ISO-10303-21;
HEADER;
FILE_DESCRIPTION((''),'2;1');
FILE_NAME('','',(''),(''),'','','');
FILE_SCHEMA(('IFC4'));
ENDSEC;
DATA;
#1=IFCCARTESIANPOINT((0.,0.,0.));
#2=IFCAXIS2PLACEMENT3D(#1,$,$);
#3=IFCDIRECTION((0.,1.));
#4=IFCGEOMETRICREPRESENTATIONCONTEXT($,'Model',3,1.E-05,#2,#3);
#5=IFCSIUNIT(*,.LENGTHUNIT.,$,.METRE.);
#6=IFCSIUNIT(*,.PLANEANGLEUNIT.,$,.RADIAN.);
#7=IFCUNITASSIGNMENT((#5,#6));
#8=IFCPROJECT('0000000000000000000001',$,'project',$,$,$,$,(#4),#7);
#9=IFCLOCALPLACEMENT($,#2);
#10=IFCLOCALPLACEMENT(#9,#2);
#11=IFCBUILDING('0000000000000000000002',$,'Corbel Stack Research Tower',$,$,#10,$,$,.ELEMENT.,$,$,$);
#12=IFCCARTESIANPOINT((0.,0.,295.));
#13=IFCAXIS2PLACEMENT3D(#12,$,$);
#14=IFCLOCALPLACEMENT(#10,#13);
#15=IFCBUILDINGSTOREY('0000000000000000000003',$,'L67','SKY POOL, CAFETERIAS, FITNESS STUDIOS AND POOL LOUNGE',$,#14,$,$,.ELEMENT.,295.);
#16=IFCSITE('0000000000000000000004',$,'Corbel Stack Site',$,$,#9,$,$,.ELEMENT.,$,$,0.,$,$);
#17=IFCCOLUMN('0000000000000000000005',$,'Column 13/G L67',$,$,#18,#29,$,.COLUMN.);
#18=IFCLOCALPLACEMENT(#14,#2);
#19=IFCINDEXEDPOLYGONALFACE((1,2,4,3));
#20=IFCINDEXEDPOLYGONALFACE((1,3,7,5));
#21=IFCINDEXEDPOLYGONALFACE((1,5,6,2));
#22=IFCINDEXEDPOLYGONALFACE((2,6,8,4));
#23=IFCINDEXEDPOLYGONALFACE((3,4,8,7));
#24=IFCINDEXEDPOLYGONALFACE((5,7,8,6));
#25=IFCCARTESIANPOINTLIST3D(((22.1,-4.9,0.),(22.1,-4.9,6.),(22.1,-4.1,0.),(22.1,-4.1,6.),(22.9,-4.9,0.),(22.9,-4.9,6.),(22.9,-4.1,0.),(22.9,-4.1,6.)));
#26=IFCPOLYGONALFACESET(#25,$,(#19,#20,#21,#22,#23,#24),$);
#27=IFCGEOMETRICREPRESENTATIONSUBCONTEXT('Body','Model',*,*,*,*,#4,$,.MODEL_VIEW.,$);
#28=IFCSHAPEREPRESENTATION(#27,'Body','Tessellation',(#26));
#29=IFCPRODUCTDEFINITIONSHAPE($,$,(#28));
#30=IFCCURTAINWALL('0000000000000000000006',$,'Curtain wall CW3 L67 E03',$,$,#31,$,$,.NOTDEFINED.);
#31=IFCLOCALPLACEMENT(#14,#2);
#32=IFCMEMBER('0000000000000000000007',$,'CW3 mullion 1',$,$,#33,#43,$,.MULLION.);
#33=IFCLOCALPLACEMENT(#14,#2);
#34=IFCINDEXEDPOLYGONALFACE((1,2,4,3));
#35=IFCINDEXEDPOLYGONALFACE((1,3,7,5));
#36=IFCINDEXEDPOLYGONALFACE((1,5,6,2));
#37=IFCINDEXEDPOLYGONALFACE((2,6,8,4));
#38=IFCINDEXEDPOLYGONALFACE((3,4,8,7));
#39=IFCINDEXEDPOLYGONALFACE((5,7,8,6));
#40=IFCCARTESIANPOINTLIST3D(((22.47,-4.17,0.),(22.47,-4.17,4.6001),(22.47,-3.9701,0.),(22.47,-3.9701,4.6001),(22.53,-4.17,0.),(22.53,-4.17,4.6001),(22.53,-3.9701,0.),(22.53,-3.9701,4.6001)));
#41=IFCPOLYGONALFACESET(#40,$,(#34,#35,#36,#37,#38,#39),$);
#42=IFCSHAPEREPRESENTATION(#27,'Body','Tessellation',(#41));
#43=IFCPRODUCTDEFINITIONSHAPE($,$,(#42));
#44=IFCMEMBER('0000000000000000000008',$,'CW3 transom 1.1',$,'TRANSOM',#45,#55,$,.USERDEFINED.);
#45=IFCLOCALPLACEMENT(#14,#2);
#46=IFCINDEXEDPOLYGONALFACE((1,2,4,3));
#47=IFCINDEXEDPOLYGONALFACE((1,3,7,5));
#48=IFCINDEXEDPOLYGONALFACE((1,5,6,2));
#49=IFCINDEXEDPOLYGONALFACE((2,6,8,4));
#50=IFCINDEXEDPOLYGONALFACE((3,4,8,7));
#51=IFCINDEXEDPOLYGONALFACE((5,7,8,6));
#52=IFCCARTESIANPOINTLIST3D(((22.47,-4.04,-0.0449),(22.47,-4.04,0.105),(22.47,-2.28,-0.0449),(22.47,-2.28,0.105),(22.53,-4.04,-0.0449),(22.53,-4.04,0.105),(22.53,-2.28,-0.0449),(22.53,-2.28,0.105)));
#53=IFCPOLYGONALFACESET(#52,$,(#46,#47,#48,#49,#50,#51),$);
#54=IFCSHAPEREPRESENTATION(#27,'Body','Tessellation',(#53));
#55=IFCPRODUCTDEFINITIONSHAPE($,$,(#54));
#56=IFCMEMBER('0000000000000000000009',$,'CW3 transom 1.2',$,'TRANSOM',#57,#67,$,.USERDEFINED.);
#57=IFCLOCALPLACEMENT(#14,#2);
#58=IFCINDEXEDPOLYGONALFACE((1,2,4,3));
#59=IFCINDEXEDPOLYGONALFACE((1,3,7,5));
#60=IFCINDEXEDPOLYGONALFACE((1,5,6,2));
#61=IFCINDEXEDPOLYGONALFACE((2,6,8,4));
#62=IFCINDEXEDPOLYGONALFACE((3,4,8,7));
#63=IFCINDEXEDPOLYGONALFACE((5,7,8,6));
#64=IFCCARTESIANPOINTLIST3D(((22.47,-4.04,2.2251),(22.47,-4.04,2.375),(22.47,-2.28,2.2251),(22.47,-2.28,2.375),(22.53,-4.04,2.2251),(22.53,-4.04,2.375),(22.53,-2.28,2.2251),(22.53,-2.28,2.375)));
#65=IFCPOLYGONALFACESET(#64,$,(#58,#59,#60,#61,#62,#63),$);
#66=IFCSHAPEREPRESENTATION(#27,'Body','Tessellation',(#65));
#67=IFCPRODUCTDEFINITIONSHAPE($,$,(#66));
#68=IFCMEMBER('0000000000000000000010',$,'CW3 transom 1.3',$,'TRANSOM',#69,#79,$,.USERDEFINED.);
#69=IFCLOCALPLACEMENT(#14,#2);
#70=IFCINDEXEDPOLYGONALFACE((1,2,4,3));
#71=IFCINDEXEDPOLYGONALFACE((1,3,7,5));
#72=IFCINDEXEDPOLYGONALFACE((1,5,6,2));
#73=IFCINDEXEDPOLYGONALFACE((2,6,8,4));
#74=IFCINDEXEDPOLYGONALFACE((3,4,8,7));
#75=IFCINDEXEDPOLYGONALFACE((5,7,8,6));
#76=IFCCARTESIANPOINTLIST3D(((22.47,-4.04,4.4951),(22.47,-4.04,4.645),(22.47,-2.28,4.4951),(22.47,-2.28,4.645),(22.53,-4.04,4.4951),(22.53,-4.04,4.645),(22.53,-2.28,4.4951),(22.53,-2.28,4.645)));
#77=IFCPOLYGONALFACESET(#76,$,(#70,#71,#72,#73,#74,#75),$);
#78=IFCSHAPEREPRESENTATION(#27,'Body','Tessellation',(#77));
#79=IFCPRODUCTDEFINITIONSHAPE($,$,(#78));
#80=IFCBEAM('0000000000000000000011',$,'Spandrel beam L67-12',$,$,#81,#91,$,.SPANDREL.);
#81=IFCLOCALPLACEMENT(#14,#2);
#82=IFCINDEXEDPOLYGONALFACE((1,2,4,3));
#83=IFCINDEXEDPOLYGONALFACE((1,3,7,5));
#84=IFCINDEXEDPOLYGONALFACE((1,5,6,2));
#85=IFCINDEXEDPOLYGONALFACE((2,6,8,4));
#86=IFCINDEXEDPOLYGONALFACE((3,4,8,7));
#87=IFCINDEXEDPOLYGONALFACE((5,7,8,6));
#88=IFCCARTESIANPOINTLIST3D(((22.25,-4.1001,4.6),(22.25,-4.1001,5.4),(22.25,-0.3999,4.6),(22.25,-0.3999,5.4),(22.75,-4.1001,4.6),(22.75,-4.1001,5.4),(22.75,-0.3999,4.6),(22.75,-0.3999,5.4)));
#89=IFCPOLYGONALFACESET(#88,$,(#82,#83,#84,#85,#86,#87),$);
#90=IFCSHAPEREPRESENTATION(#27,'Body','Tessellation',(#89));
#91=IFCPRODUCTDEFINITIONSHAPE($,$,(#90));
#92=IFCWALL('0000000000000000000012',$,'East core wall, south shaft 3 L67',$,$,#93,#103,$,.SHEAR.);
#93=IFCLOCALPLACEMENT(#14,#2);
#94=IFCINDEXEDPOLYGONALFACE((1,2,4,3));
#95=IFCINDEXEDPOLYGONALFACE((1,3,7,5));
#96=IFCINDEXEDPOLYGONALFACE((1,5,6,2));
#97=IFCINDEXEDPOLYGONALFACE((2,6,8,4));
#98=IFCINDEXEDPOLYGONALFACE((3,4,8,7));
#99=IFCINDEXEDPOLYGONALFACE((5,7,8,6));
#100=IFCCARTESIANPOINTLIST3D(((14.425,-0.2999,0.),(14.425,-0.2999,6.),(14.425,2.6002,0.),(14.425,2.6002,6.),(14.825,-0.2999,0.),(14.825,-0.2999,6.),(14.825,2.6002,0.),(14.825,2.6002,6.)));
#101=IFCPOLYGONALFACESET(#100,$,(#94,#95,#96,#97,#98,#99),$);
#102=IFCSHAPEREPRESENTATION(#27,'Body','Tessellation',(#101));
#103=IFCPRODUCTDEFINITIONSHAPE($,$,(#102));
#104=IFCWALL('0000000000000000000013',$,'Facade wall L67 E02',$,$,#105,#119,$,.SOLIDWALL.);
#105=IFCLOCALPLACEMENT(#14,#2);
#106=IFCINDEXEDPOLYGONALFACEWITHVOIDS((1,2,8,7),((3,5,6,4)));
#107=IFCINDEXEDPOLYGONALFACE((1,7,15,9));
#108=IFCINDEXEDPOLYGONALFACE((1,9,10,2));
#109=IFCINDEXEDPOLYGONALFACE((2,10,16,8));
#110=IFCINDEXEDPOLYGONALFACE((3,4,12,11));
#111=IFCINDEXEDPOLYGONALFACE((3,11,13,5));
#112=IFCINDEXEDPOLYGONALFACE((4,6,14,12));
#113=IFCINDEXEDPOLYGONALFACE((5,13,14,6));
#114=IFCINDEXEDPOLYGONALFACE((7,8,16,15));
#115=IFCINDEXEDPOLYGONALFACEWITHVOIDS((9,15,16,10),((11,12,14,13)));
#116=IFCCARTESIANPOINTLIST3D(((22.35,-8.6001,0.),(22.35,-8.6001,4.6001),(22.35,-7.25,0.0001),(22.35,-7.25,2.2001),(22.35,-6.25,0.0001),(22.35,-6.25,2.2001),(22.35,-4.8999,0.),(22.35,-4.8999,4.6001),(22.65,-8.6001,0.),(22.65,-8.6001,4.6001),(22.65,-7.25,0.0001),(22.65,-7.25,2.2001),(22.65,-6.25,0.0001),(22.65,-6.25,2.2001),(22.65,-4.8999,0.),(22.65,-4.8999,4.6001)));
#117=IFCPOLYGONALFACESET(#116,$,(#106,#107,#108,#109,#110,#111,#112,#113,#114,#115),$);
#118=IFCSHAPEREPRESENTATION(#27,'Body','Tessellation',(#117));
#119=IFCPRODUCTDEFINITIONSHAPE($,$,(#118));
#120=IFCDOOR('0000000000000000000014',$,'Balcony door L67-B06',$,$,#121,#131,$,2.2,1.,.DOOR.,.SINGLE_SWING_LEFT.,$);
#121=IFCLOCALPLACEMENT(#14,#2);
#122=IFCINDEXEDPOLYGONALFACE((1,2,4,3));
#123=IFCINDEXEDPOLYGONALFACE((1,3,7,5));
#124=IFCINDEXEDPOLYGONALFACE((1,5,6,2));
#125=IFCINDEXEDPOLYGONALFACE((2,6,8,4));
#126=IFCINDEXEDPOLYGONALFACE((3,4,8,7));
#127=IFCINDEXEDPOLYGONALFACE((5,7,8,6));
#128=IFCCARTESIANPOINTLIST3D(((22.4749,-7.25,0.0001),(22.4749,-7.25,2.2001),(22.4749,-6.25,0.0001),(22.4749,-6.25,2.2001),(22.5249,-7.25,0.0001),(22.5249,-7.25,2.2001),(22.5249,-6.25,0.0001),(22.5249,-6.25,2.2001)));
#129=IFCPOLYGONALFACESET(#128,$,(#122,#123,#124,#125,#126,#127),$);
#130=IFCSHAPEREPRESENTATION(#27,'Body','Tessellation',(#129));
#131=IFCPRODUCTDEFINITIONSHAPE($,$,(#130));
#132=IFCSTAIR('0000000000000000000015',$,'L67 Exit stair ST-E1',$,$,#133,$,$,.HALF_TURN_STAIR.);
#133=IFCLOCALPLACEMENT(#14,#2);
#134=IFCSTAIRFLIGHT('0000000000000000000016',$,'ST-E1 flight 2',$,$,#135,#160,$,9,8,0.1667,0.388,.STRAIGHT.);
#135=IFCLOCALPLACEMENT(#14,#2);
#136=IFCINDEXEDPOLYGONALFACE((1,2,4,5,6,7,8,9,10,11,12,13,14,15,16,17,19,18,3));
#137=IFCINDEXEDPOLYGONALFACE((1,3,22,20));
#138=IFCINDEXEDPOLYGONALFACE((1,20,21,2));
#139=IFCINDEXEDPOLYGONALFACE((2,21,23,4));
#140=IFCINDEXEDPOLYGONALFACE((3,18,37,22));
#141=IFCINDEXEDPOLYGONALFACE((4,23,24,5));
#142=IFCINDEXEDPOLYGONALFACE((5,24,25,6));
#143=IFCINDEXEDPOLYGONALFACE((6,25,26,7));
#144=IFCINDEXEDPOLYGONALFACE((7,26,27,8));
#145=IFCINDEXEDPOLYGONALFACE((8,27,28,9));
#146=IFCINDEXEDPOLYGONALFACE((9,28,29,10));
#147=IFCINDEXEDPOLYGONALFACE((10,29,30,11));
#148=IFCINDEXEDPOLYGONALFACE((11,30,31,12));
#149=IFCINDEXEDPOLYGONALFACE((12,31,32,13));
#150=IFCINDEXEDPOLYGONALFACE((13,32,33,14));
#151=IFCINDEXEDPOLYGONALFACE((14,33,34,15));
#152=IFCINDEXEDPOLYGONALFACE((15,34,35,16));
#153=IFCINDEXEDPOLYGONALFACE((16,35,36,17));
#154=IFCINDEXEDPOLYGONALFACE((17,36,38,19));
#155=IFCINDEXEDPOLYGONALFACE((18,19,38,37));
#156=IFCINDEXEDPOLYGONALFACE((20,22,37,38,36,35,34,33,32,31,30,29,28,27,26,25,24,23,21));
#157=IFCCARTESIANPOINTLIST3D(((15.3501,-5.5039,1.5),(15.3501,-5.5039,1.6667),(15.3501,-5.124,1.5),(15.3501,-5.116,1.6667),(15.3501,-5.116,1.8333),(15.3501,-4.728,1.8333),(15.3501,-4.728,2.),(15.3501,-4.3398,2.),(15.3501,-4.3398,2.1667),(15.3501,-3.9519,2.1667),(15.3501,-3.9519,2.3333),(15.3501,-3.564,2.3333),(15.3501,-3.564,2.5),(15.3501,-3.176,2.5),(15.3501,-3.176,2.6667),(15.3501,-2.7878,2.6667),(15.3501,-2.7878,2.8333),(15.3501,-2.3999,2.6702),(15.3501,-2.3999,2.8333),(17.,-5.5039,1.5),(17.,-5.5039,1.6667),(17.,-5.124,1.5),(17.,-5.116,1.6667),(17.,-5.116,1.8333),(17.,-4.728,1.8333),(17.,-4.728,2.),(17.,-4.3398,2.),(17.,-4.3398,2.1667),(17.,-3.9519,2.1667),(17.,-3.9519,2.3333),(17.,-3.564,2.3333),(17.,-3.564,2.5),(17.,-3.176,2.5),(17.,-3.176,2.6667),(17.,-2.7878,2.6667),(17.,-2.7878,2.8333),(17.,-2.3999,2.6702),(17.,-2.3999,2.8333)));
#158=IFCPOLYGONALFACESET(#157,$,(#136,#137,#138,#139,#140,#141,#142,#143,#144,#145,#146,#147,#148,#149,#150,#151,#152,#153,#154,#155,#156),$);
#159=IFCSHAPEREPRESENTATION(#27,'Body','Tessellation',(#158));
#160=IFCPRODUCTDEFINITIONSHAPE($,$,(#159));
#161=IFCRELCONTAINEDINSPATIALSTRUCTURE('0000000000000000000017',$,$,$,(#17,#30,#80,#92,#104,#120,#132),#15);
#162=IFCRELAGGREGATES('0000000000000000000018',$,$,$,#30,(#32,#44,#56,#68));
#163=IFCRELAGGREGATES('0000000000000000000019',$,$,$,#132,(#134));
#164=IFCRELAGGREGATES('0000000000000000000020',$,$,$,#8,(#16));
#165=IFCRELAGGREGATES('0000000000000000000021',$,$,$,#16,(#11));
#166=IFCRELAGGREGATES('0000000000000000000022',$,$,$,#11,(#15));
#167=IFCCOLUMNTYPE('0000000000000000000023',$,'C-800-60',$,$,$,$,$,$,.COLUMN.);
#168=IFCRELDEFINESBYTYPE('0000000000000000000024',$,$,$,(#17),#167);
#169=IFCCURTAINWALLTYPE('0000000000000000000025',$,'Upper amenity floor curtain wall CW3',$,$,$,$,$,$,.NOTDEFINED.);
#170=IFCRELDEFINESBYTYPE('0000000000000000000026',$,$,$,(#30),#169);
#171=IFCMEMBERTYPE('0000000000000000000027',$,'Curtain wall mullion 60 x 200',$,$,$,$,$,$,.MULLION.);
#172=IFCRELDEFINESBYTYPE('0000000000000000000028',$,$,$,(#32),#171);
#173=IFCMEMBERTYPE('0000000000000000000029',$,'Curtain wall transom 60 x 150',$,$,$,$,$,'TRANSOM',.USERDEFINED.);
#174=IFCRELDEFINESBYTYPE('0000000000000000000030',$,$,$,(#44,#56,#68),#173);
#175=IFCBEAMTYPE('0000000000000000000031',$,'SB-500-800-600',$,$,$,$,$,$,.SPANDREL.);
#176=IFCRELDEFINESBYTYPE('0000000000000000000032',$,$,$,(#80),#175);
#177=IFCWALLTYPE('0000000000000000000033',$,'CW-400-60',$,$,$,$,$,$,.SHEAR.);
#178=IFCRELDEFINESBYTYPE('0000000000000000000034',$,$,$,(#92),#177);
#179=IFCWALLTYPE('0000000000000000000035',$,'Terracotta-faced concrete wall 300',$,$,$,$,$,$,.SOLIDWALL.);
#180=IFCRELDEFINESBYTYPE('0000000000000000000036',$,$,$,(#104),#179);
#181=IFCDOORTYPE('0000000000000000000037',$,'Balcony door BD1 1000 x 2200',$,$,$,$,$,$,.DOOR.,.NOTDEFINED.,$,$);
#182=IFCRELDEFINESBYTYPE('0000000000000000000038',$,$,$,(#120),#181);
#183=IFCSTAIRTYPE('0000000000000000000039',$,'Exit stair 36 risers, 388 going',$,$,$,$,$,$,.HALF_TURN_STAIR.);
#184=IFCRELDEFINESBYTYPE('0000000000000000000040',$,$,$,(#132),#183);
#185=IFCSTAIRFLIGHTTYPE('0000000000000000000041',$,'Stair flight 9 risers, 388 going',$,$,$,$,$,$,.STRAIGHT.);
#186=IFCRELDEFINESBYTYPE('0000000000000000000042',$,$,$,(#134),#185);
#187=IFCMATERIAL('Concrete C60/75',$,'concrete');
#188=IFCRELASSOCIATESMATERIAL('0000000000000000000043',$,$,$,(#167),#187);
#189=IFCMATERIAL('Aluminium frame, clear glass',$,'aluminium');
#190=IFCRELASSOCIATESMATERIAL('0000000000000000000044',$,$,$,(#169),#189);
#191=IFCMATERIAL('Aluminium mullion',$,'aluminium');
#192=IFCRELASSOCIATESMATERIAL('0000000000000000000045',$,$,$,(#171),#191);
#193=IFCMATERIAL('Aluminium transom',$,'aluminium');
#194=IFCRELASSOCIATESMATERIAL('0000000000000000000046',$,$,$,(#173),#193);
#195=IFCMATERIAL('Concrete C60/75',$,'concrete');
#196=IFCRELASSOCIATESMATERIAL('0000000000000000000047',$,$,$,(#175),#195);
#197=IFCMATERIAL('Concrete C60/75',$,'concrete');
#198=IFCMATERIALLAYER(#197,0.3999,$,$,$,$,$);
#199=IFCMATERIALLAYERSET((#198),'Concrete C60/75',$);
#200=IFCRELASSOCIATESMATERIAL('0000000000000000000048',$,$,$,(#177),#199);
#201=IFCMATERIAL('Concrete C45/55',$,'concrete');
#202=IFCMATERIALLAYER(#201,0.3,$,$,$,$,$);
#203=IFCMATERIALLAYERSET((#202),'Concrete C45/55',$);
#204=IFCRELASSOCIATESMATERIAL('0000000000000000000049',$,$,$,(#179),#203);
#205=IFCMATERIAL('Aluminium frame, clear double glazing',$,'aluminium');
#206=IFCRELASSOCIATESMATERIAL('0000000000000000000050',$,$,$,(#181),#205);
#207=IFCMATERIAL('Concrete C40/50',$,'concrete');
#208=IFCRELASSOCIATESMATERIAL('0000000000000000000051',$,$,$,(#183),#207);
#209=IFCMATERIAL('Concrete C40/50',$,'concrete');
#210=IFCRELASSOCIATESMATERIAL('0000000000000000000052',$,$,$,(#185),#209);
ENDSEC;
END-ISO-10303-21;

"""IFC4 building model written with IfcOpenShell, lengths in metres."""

from ifc_helpers import new_model, si_unit, direction, frame, frame_2d, origin, origin_2d, place, context, subcontext, project, spatial, polyline, rectangle, outline, extrude, material, layer, layer_set, material_profile, profile_set, type_object, element, fill, aggregate, save


model = new_model("IFC4")

# Units and contexts
model_context = context("Model", 3, precision=1e-05, world=origin(), true_north=direction((0.0, 1.0)))
body_context = subcontext(model_context, "Body", "Model", "MODEL_VIEW")
ifc_project = project(units=[si_unit("LENGTHUNIT", "METRE"), si_unit("PLANEANGLEUNIT", "RADIAN")], contexts=[model_context])

# Site, building, storey
site_placement = place(None, origin())
site = spatial("IfcSite", under=ifc_project, at=site_placement, Name="Corbel Stack Site", CompositionType="ELEMENT", RefElevation=0.0)
building_placement = place(site_placement, origin())
building = spatial("IfcBuilding", under=site, at=building_placement, Name="Corbel Stack Research Tower", CompositionType="ELEMENT")
storey_placement = place(building_placement, frame((0.0, 0.0, 295.0)))
storey = spatial("IfcBuildingStorey", under=building, at=storey_placement, Name="L67", Description="SKY POOL, CAFETERIAS, FITNESS STUDIOS AND POOL LOUNGE", CompositionType="ELEMENT", Elevation=295.0)

# Column
ifc_material_1 = material(Name="Concrete C60/75", Category="concrete")
ifc_material_profile_1 = material_profile(ifc_material_1, rectangle(XDim=0.8, YDim=0.8, at=origin_2d()), Name="RC 800 x 800")
ifc_profile_set_1 = profile_set([ifc_material_profile_1], Name="Concrete C60/75")
column_type = type_object("IfcColumnType", Name="C-800-60", PredefinedType="COLUMN", material=ifc_profile_set_1)
column_placement = place(storey_placement, frame((22.5, -4.5, 0.0), z_axis=(0.0, 0.0, 1.0), x_axis=(1.0, 0.0, 0.0)))
element("IfcColumn", 1, at=column_placement, inside=storey, type_object=column_type, Name="Column 13/G L67", PredefinedType="COLUMN", context=body_context, shape_type="SweptSolid", body=[
    extrude(rectangle(XDim=0.8, YDim=0.8, at=origin_2d()), origin(), (0.0, 0.0, 1.0), 6.0),
])

# Curtain wall, members
ifc_material_2 = material(Name="Aluminium frame, clear glass", Category="aluminium")
curtain_wall_type = type_object("IfcCurtainWallType", Name="Upper amenity floor curtain wall CW3", PredefinedType="NOTDEFINED", material=ifc_material_2)
curtain_wall_placement = place(storey_placement, origin())
curtain_wall = element("IfcCurtainWall", 2, at=curtain_wall_placement, inside=storey, type_object=curtain_wall_type, Name="Curtain wall CW3 L67 E03", PredefinedType="NOTDEFINED")
ifc_material_3 = material(Name="Aluminium mullion", Category="aluminium")
ifc_material_profile_2 = material_profile(ifc_material_3, rectangle(XDim=0.0601, YDim=0.2, at=origin_2d()), Name="Mullion 60 x 200")
ifc_profile_set_2 = profile_set([ifc_material_profile_2], Name="Aluminium mullion")
member_type_1 = type_object("IfcMemberType", Name="Curtain wall mullion 60 x 200", PredefinedType="MULLION", material=ifc_profile_set_2)
member_1_placement = place(storey_placement, frame((22.5, -4.0701, 0.0), z_axis=(0.0, 0.0, 1.0), x_axis=(-1.0, 0.0, 0.0)))
member_1 = element("IfcMember", 3, at=member_1_placement, type_object=member_type_1, Name="CW3 mullion 1", PredefinedType="MULLION", context=body_context, shape_type="SweptSolid", body=[
    extrude(rectangle(XDim=0.0601, YDim=0.2, at=origin_2d()), origin(), (0.0, 0.0, 1.0), 4.6001),
])
ifc_material_4 = material(Name="Aluminium transom", Category="aluminium")
ifc_material_profile_3 = material_profile(ifc_material_4, rectangle(XDim=0.0601, YDim=0.1499, at=origin_2d()), Name="Transom 60 x 150")
ifc_profile_set_3 = profile_set([ifc_material_profile_3], Name="Aluminium transom")
member_type_2 = type_object("IfcMemberType", Name="Curtain wall transom 60 x 150", ElementType="TRANSOM", PredefinedType="USERDEFINED", material=ifc_profile_set_3)
member_2_placement = place(storey_placement, frame((22.5, -4.04, 0.03), z_axis=(0.0, 1.0, 0.0), x_axis=(-1.0, 0.0, 0.0)))
member_2 = element("IfcMember", 4, at=member_2_placement, type_object=member_type_2, Name="CW3 transom 1.1", ObjectType="TRANSOM", PredefinedType="USERDEFINED", context=body_context, shape_type="SweptSolid", body=[
    extrude(rectangle(XDim=0.0601, YDim=0.1499, at=origin_2d()), origin(), (0.0, 0.0, 1.0), 1.76),
])
member_3_placement = place(storey_placement, frame((22.5, -4.04, 2.3), z_axis=(0.0, 1.0, 0.0), x_axis=(-1.0, 0.0, 0.0)))
member_3 = element("IfcMember", 5, at=member_3_placement, type_object=member_type_2, Name="CW3 transom 1.2", ObjectType="TRANSOM", PredefinedType="USERDEFINED", context=body_context, shape_type="SweptSolid", body=[
    extrude(rectangle(XDim=0.0601, YDim=0.1499, at=origin_2d()), origin(), (0.0, 0.0, 1.0), 1.76),
])
member_4_placement = place(storey_placement, frame((22.5, -4.04, 4.5701), z_axis=(0.0, 1.0, 0.0), x_axis=(-1.0, 0.0, 0.0)))
member_4 = element("IfcMember", 6, at=member_4_placement, type_object=member_type_2, Name="CW3 transom 1.3", ObjectType="TRANSOM", PredefinedType="USERDEFINED", context=body_context, shape_type="SweptSolid", body=[
    extrude(rectangle(XDim=0.0601, YDim=0.1499, at=origin_2d()), origin(), (0.0, 0.0, 1.0), 1.76),
])
aggregate(curtain_wall, [member_1, member_2, member_3, member_4])

# Beam
ifc_material_5 = material(Name="Concrete C60/75", Category="concrete")
ifc_material_profile_4 = material_profile(ifc_material_5, rectangle(XDim=0.5, YDim=0.8, at=origin_2d()), Name="RC 500 x 800")
ifc_profile_set_4 = profile_set([ifc_material_profile_4], Name="Concrete C60/75")
beam_type = type_object("IfcBeamType", Name="SB-500-800-600", PredefinedType="SPANDREL", material=ifc_profile_set_4)
beam_placement = place(storey_placement, frame((22.5, -4.1001, 5.0), z_axis=(0.0, 1.0, 0.0), x_axis=(-1.0, 0.0, 0.0)))
element("IfcBeam", 7, at=beam_placement, inside=storey, type_object=beam_type, Name="Spandrel beam L67-12", PredefinedType="SPANDREL", context=body_context, shape_type="SweptSolid", body=[
    extrude(rectangle(XDim=0.5, YDim=0.8, at=origin_2d()), origin(), (0.0, 0.0, 1.0), 3.7002),
])

# Wall
ifc_material_6 = material(Name="Concrete C60/75", Category="concrete")
ifc_layer_1 = layer(ifc_material_6, 0.3999)
ifc_layer_set_1 = layer_set([ifc_layer_1], Name="Concrete C60/75")
wall_type_1 = type_object("IfcWallType", Name="CW-400-60", PredefinedType="SHEAR", material=ifc_layer_set_1)
wall_1_placement = place(storey_placement, frame((14.625, -0.3, 0.0), z_axis=(0.0, 0.0, 1.0), x_axis=(0.0, 1.0, 0.0)))
element("IfcWall", 8, at=wall_1_placement, inside=storey, type_object=wall_type_1, Name="East core wall, south shaft 3 L67", PredefinedType="SHEAR", context=body_context, shape_type="SweptSolid", body=[
    extrude(rectangle(XDim=2.9001, YDim=0.3999, at=frame_2d((1.4502, 0.0))), origin(), (0.0, 0.0, 1.0), 6.0),
])

# Wall, opening, door
ifc_material_7 = material(Name="Concrete C45/55", Category="concrete")
ifc_layer_2 = layer(ifc_material_7, 0.3)
ifc_layer_set_2 = layer_set([ifc_layer_2], Name="Concrete C45/55")
wall_type_2 = type_object("IfcWallType", Name="Terracotta-faced concrete wall 300", PredefinedType="SOLIDWALL", material=ifc_layer_set_2)
wall_2_placement = place(storey_placement, frame((22.5, -4.8999, 0.0), z_axis=(0.0, 0.0, 1.0), x_axis=(0.0, -1.0, 0.0)))
wall_2 = element("IfcWall", 9, at=wall_2_placement, inside=storey, type_object=wall_type_2, Name="Facade wall L67 E02", PredefinedType="SOLIDWALL", context=body_context, shape_type="SweptSolid", body=[
    extrude(rectangle(XDim=3.7002, YDim=0.3, at=frame_2d((1.8501, 0.0))), origin(), (0.0, 0.0, 1.0), 4.6001),
])
opening_placement = place(wall_2_placement, frame((1.3501, 0.0, 0.0)))
opening = element("IfcOpeningElement", 10, at=opening_placement, cuts=wall_2, PredefinedType="OPENING", context=body_context, shape_type="SweptSolid", body=[
    extrude(rectangle(XDim=1.0, YDim=2.2, at=frame_2d((0.5, 1.1001))), frame((0.0, 0.1599, 0.0), z_axis=(0.0, -1.0, 0.0), x_axis=(1.0, 0.0, 0.0)), (0.0, 0.0, 1.0), 0.3201),
])
ifc_material_8 = material(Name="Aluminium frame, clear double glazing", Category="aluminium")
door_type = type_object("IfcDoorType", Name="Balcony door BD1 1000 x 2200", OperationType="NOTDEFINED", PredefinedType="DOOR", material=ifc_material_8)
door_placement = place(opening_placement, origin())
door = element("IfcDoor", 11, at=door_placement, inside=storey, type_object=door_type, Name="Balcony door L67-B06", OperationType="SINGLE_SWING_LEFT", OverallHeight=2.2, OverallWidth=1.0, PredefinedType="DOOR", context=body_context, shape_type="SweptSolid", body=[
    extrude(rectangle(XDim=1.0, YDim=2.2, at=frame_2d((0.5, 1.1001))), frame((0.0, 0.0249, 0.0), z_axis=(0.0, -1.0, 0.0), x_axis=(1.0, 0.0, 0.0)), (0.0, 0.0, 1.0), 0.05),
])
fill(opening, door)

# Stair, stair flight
ifc_material_9 = material(Name="Concrete C40/50", Category="concrete")
stair_type = type_object("IfcStairType", Name="Exit stair 36 risers, 388 going", PredefinedType="HALF_TURN_STAIR", material=ifc_material_9)
stair_placement = place(storey_placement, origin())
stair = element("IfcStair", 12, at=stair_placement, inside=storey, type_object=stair_type, Name="L67 Exit stair ST-E1", PredefinedType="HALF_TURN_STAIR")
ifc_material_10 = material(Name="Concrete C40/50", Category="concrete")
stair_flight_type = type_object("IfcStairFlightType", Name="Stair flight 9 risers, 388 going", PredefinedType="STRAIGHT", material=ifc_material_10)
stair_flight_1_placement = place(storey_placement, frame((16.175, -5.5039, 1.5), z_axis=(0.0, 0.0, 1.0), x_axis=(0.0, 1.0, 0.0)))
stair_flight_1 = element("IfcStairFlight", 13, at=stair_flight_1_placement, type_object=stair_flight_type, Name="ST-E1 flight 2", NumberOfRisers=9, NumberOfTreads=8, PredefinedType="STRAIGHT", RiserHeight=0.1667, TreadLength=0.388, context=body_context, shape_type="SweptSolid", body=[
    extrude(outline(polyline([(0.0, 0.0), (0.0, 0.1667), (0.3879, 0.1667), (0.3879, 0.3333), (0.7759, 0.3333), (0.7759, 0.5), (1.1641, 0.5), (1.1641, 0.6667), (1.552, 0.6667), (1.552, 0.8333), (1.9399, 0.8333), (1.9399, 1.0), (2.3279, 1.0), (2.3279, 1.1667), (2.7161, 1.1667), (2.7161, 1.3333), (3.104, 1.3333), (3.104, 1.5), (3.104, 1.1702), (0.3799, 0.0), (0.0, 0.0)])), frame((0.0, 0.825, 0.0), z_axis=(0.0, -1.0, 0.0), x_axis=(1.0, 0.0, 0.0)), (0.0, 0.0, 1.0), 1.6499),
])
aggregate(stair, [stair_flight_1])

save(model, "model.ifc")
